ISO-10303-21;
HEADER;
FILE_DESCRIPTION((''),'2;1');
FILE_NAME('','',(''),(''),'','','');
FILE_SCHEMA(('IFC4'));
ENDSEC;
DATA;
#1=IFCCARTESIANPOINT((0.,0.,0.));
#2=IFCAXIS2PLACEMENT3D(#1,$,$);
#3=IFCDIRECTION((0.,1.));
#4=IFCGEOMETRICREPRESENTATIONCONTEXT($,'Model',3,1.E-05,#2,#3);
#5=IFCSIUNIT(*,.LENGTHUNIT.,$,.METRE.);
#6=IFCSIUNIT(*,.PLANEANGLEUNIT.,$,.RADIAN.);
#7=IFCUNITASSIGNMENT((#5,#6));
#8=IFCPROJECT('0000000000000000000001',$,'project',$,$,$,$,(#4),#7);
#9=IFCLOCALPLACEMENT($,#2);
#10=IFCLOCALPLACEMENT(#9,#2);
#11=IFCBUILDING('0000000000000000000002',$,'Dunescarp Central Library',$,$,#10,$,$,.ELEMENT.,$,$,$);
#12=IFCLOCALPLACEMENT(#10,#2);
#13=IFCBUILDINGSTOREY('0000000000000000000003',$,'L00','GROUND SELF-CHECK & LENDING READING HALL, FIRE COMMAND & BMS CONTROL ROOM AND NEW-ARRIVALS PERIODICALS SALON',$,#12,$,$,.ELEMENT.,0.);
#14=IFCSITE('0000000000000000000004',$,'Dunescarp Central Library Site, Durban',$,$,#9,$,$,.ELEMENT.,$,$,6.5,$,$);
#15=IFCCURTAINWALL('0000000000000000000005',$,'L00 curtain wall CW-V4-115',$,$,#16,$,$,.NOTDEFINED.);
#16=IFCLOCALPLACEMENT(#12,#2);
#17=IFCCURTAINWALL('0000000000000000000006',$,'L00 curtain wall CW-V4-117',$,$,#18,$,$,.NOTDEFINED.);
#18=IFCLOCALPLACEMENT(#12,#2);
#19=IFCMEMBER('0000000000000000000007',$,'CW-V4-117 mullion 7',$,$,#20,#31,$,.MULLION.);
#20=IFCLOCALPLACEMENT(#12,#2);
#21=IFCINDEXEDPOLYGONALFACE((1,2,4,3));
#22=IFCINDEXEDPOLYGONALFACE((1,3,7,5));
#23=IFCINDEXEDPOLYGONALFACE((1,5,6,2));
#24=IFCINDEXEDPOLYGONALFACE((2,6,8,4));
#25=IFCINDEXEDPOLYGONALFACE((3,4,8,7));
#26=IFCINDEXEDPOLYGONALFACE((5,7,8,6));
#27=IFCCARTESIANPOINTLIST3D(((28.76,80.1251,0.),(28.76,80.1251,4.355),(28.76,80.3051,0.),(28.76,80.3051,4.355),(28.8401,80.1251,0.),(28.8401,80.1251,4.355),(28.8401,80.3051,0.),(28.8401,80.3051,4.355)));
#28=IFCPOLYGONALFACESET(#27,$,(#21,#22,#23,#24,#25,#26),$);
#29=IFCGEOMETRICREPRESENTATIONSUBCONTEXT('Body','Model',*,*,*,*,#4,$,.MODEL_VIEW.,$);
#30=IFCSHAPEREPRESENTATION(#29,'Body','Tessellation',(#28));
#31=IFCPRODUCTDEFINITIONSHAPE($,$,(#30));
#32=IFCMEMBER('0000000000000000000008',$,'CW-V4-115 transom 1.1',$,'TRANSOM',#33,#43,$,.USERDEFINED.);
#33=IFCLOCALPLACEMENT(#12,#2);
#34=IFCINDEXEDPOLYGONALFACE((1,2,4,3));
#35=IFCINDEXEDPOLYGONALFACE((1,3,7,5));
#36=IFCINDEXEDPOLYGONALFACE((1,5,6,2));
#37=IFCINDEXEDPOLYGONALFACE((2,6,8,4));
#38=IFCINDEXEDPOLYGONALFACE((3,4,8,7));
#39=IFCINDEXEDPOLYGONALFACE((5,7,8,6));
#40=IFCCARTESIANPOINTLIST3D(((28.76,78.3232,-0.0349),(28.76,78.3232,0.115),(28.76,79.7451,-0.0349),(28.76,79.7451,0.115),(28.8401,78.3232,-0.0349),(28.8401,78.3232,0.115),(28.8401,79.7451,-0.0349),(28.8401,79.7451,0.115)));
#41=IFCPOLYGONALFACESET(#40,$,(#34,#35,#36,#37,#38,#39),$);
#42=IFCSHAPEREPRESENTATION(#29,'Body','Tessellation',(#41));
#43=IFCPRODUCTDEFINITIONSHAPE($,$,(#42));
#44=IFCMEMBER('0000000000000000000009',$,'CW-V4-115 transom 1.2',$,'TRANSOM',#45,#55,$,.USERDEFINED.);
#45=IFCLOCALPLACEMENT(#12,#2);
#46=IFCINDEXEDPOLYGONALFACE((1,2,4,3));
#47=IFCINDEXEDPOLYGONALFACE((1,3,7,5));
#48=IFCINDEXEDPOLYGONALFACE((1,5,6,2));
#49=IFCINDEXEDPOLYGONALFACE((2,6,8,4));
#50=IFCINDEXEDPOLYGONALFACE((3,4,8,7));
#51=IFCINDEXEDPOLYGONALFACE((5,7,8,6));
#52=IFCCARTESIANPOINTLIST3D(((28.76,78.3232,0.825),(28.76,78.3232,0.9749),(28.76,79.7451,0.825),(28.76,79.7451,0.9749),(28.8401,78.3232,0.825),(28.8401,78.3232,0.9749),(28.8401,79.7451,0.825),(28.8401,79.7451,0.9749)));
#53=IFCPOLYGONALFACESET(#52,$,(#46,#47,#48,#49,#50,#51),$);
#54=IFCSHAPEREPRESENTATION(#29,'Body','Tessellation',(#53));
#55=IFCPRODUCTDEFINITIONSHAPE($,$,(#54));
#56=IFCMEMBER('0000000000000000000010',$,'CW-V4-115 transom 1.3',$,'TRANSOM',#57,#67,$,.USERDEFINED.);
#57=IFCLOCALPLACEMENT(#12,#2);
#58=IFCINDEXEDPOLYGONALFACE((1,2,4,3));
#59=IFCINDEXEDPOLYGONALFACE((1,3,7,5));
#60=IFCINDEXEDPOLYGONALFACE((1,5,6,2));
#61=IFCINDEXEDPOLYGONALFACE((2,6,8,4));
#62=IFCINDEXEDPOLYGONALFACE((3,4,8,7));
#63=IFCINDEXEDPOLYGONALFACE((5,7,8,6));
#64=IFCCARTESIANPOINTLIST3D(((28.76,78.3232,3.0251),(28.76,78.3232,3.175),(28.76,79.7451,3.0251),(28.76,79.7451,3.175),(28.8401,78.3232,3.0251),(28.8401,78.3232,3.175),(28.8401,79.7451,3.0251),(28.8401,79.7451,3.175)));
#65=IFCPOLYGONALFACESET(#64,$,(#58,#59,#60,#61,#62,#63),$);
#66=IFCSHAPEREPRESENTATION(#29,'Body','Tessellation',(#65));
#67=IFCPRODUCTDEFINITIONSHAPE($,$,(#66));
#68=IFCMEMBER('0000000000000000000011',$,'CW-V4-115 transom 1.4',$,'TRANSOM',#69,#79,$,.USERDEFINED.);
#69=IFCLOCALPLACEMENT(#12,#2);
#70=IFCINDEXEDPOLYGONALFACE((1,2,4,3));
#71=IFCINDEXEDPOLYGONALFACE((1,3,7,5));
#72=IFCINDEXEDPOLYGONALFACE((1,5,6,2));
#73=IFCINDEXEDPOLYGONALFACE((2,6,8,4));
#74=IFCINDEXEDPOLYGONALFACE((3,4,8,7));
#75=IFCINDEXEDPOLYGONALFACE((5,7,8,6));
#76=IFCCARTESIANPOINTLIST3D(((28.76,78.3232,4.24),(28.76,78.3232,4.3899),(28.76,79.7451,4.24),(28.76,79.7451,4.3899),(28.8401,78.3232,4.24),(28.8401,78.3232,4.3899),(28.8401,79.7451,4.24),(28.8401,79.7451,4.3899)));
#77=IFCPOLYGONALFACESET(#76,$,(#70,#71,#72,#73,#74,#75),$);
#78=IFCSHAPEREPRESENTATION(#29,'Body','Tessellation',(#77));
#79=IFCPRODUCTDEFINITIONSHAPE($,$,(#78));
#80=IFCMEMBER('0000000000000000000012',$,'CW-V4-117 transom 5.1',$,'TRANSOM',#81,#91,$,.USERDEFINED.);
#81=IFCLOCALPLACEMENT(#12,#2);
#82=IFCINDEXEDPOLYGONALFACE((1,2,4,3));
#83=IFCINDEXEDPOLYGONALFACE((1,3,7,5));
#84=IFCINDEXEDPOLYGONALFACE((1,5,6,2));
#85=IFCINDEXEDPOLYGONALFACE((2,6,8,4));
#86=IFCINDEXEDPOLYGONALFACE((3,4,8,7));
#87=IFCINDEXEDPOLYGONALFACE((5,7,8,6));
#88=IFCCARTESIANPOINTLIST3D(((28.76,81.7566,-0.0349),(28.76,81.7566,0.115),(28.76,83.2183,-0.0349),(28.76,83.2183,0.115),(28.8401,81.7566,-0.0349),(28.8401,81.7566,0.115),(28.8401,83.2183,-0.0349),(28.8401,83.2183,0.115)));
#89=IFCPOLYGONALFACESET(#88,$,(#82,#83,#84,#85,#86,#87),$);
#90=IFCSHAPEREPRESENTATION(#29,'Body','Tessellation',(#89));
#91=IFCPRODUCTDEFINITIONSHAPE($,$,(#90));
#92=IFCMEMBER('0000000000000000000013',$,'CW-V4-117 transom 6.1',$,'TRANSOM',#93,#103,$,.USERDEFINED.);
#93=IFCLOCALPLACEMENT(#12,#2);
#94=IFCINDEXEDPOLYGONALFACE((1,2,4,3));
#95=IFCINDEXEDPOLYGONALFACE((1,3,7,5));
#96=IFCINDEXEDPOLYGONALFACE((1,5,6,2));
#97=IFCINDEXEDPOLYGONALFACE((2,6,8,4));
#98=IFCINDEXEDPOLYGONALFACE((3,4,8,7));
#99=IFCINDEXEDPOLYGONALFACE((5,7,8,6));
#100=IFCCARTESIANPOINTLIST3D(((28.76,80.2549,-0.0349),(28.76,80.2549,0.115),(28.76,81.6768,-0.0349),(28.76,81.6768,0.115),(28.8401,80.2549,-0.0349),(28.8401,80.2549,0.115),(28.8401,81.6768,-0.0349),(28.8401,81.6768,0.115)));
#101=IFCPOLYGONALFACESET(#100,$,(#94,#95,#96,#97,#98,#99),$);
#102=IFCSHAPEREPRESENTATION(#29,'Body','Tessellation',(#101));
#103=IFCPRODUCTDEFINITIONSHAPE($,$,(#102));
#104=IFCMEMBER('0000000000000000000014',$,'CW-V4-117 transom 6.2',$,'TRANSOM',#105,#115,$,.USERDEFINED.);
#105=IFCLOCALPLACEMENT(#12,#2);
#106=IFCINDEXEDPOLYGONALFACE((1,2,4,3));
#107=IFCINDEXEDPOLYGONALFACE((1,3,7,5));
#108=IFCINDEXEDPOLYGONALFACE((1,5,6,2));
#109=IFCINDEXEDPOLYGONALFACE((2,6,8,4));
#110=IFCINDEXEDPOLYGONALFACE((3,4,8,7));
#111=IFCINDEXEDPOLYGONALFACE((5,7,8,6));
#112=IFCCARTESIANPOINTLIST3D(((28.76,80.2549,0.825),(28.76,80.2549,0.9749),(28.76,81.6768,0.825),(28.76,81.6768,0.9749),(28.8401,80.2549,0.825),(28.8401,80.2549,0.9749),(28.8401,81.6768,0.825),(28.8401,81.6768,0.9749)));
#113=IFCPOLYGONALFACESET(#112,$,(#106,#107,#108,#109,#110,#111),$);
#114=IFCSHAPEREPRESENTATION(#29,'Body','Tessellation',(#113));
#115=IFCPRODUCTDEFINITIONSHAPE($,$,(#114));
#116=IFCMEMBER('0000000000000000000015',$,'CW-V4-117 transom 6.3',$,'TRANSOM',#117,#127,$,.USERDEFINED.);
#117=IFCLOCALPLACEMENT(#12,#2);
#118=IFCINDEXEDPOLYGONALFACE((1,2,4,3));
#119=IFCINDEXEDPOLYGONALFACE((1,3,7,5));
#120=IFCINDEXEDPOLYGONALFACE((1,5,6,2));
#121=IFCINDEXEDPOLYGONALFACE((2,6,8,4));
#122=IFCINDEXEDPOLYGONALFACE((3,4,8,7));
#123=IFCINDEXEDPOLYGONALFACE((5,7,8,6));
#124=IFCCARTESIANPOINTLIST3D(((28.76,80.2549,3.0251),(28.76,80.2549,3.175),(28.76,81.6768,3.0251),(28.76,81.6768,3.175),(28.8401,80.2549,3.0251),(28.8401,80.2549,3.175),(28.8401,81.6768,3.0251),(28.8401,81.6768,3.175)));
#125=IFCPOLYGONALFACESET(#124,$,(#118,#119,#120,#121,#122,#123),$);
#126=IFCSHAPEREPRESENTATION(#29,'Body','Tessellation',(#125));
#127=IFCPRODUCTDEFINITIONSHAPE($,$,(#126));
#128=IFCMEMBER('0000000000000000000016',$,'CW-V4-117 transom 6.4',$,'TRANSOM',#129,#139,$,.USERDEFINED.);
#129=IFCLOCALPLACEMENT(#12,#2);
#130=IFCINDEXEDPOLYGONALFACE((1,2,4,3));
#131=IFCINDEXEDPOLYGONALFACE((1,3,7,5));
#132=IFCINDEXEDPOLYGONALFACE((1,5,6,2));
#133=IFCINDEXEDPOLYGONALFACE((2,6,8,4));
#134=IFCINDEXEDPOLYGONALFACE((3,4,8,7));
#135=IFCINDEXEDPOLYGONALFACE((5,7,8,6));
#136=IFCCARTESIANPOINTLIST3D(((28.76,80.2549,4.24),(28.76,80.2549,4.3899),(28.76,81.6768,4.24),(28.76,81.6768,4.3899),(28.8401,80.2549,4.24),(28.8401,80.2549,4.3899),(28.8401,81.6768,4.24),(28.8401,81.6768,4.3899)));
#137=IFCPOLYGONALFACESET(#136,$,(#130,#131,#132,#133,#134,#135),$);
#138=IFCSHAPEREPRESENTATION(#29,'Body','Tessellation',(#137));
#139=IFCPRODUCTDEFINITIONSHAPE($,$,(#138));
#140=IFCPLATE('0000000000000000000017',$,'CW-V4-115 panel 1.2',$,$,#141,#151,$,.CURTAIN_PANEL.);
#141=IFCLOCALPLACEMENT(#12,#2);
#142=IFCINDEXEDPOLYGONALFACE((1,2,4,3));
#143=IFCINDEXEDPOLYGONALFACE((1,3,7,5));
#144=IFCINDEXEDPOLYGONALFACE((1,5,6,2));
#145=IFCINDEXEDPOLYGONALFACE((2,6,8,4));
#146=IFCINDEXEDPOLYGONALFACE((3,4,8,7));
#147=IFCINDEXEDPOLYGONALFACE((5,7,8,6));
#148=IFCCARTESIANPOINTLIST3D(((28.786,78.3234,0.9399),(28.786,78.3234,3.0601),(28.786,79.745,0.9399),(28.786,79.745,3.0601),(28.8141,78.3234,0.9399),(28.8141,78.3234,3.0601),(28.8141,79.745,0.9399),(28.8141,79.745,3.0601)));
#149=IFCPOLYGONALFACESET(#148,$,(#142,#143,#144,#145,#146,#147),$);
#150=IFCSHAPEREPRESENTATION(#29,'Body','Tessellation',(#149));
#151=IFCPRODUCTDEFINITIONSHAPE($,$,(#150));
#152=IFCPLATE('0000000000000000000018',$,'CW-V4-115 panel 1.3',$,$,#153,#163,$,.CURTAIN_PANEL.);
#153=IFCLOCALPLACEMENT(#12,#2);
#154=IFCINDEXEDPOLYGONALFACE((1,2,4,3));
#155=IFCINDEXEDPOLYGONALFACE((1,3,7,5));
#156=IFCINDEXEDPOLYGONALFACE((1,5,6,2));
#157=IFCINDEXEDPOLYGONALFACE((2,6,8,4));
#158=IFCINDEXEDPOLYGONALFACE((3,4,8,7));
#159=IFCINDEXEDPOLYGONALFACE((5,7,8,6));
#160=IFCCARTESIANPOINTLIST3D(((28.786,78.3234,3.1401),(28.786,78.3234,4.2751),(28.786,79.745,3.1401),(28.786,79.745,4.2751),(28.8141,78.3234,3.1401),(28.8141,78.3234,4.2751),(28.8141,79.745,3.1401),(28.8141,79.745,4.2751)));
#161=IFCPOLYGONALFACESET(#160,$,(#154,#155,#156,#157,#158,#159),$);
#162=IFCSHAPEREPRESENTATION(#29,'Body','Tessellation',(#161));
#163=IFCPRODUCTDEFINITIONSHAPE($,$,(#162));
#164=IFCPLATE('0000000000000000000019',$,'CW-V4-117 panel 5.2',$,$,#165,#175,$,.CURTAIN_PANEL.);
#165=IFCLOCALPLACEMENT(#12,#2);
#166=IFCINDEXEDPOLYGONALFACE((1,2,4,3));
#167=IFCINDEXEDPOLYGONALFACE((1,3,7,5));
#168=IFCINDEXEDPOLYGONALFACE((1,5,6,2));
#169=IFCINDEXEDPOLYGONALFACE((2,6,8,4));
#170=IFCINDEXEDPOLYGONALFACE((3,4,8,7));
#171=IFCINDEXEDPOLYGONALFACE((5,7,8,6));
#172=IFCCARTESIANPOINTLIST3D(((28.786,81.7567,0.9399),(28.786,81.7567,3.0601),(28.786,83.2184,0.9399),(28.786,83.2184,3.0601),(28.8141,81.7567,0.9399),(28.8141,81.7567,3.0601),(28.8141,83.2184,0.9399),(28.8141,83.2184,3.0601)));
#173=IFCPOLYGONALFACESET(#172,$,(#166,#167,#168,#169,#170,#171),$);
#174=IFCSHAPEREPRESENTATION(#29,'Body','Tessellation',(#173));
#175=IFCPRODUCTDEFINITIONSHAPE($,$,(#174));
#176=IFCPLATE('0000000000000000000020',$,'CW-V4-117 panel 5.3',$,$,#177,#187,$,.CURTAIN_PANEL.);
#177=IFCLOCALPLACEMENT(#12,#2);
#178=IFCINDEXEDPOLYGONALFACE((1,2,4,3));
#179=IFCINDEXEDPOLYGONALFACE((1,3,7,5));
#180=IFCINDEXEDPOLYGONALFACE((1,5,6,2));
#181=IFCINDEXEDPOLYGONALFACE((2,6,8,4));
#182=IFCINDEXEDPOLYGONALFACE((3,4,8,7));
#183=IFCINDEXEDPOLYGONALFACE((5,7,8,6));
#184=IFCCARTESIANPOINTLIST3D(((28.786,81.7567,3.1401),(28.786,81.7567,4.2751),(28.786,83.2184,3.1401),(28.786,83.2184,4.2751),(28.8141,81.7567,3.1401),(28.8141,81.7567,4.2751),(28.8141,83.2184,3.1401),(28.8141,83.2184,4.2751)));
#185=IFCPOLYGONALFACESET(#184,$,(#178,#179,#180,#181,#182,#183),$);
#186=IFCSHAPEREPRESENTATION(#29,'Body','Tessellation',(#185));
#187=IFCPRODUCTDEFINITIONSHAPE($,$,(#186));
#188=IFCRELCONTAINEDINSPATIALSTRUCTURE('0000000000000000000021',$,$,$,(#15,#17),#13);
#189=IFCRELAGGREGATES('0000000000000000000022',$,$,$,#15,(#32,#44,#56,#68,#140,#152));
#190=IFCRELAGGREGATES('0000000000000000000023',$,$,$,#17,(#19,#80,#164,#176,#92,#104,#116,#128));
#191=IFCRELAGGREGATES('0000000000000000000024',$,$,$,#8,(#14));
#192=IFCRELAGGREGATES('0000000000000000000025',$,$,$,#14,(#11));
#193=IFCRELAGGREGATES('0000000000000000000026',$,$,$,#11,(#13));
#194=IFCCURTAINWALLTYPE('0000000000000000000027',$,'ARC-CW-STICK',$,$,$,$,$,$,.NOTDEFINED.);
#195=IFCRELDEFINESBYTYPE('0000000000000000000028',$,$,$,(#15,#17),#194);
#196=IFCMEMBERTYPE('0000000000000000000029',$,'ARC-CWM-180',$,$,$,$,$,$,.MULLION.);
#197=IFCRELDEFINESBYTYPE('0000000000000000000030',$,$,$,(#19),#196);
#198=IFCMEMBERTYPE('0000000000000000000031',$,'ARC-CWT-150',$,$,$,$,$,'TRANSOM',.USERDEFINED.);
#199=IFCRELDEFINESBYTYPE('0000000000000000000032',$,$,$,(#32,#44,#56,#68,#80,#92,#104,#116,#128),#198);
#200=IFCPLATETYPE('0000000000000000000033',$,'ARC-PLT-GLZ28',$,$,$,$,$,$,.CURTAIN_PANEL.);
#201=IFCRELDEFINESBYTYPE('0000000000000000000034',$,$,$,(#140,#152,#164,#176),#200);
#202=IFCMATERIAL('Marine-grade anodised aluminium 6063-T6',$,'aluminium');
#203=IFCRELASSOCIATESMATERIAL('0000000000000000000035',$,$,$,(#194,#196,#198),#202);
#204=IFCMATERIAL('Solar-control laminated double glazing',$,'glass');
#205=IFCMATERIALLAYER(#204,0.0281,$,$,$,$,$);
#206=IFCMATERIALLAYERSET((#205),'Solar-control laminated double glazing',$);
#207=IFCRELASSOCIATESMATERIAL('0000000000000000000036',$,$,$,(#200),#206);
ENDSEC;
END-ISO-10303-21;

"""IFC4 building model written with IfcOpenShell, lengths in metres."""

from ifc_helpers import new_model, si_unit, direction, frame, origin, origin_2d, place, context, subcontext, project, spatial, rectangle, extrude, material, layer, layer_set, material_profile, profile_set, type_object, element, aggregate, save


model = new_model("IFC4")

# Units and contexts
model_context = context("Model", 3, precision=1e-05, world=origin(), true_north=direction((0.0, 1.0)))
body_context = subcontext(model_context, "Body", "Model", "MODEL_VIEW")
ifc_project = project(units=[si_unit("LENGTHUNIT", "METRE"), si_unit("PLANEANGLEUNIT", "RADIAN")], contexts=[model_context])

# Site, building, storey
site_placement = place(None, origin())
site = spatial("IfcSite", under=ifc_project, at=site_placement, Name="Dunescarp Central Library Site, Durban", CompositionType="ELEMENT", RefElevation=6.5)
building_placement = place(site_placement, origin())
building = spatial("IfcBuilding", under=site, at=building_placement, Name="Dunescarp Central Library", CompositionType="ELEMENT")
storey_placement = place(building_placement, origin())
storey = spatial("IfcBuildingStorey", under=building, at=storey_placement, Name="L00", Description="GROUND SELF-CHECK & LENDING READING HALL, FIRE COMMAND & BMS CONTROL ROOM AND NEW-ARRIVALS PERIODICALS SALON", CompositionType="ELEMENT", Elevation=0.0)

# Curtain wall
ifc_material_1 = material(Name="Marine-grade anodised aluminium 6063-T6", Category="aluminium")
curtain_wall_type = type_object("IfcCurtainWallType", Name="ARC-CW-STICK", PredefinedType="NOTDEFINED", material=ifc_material_1)
curtain_wall_1_placement = place(storey_placement, origin())
curtain_wall_1 = element("IfcCurtainWall", 1, at=curtain_wall_1_placement, inside=storey, type_object=curtain_wall_type, Name="L00 curtain wall CW-V4-115", PredefinedType="NOTDEFINED")
ifc_material_profile_1 = material_profile(ifc_material_1, rectangle(XDim=0.0801, YDim=0.1799, at=origin_2d()), Name="AL 80x180")
ifc_profile_set_1 = profile_set([ifc_material_profile_1], Name="Marine-grade anodised aluminium 6063-T6")
member_type_1 = type_object("IfcMemberType", Name="ARC-CWM-180", PredefinedType="MULLION", material=ifc_profile_set_1)

# Curtain wall, member
curtain_wall_2_placement = place(storey_placement, origin())
curtain_wall_2 = element("IfcCurtainWall", 2, at=curtain_wall_2_placement, inside=storey, type_object=curtain_wall_type, Name="L00 curtain wall CW-V4-117", PredefinedType="NOTDEFINED")
member_1_placement = place(storey_placement, frame((28.8, 80.2151, 0.0), z_axis=(0.0, 0.0, 1.0), x_axis=(1.0, 0.0, 0.0)))
member_1 = element("IfcMember", 3, at=member_1_placement, type_object=member_type_1, Name="CW-V4-117 mullion 7", PredefinedType="MULLION", context=body_context, shape_type="SweptSolid", body=[
    extrude(rectangle(XDim=0.0801, YDim=0.1799, at=origin_2d()), origin(), (0.0, 0.0, 1.0), 4.355),
])

# Members
ifc_material_profile_2 = material_profile(ifc_material_1, rectangle(XDim=0.0801, YDim=0.1499, at=origin_2d()), Name="AL 80x150")
ifc_profile_set_2 = profile_set([ifc_material_profile_2], Name="Marine-grade anodised aluminium 6063-T6")
member_type_2 = type_object("IfcMemberType", Name="ARC-CWT-150", ElementType="TRANSOM", PredefinedType="USERDEFINED", material=ifc_profile_set_2)
member_2_placement = place(storey_placement, frame((28.8, 79.7451, 0.04), z_axis=(0.0, -1.0, 0.0), x_axis=(1.0, 0.0, 0.0)))
member_2 = element("IfcMember", 4, at=member_2_placement, type_object=member_type_2, Name="CW-V4-115 transom 1.1", ObjectType="TRANSOM", PredefinedType="USERDEFINED", context=body_context, shape_type="SweptSolid", body=[
    extrude(rectangle(XDim=0.0801, YDim=0.1499, at=origin_2d()), origin(), (0.0, 0.0, 1.0), 1.4219),
])
member_3_placement = place(storey_placement, frame((28.8, 79.7451, 0.8999), z_axis=(0.0, -1.0, 0.0), x_axis=(1.0, 0.0, 0.0)))
member_3 = element("IfcMember", 5, at=member_3_placement, type_object=member_type_2, Name="CW-V4-115 transom 1.2", ObjectType="TRANSOM", PredefinedType="USERDEFINED", context=body_context, shape_type="SweptSolid", body=[
    extrude(rectangle(XDim=0.0801, YDim=0.1499, at=origin_2d()), origin(), (0.0, 0.0, 1.0), 1.4219),
])
member_4_placement = place(storey_placement, frame((28.8, 79.7451, 3.1001), z_axis=(0.0, -1.0, 0.0), x_axis=(1.0, 0.0, 0.0)))
member_4 = element("IfcMember", 6, at=member_4_placement, type_object=member_type_2, Name="CW-V4-115 transom 1.3", ObjectType="TRANSOM", PredefinedType="USERDEFINED", context=body_context, shape_type="SweptSolid", body=[
    extrude(rectangle(XDim=0.0801, YDim=0.1499, at=origin_2d()), origin(), (0.0, 0.0, 1.0), 1.4219),
])
member_5_placement = place(storey_placement, frame((28.8, 79.7451, 4.3149), z_axis=(0.0, -1.0, 0.0), x_axis=(1.0, 0.0, 0.0)))
member_5 = element("IfcMember", 7, at=member_5_placement, type_object=member_type_2, Name="CW-V4-115 transom 1.4", ObjectType="TRANSOM", PredefinedType="USERDEFINED", context=body_context, shape_type="SweptSolid", body=[
    extrude(rectangle(XDim=0.0801, YDim=0.1499, at=origin_2d()), origin(), (0.0, 0.0, 1.0), 1.4219),
])
member_6_placement = place(storey_placement, frame((28.8, 83.2183, 0.04), z_axis=(0.0, -1.0, 0.0), x_axis=(1.0, 0.0, 0.0)))
member_6 = element("IfcMember", 8, at=member_6_placement, type_object=member_type_2, Name="CW-V4-117 transom 5.1", ObjectType="TRANSOM", PredefinedType="USERDEFINED", context=body_context, shape_type="SweptSolid", body=[
    extrude(rectangle(XDim=0.0801, YDim=0.1499, at=origin_2d()), origin(), (0.0, 0.0, 1.0), 1.4617),
])
member_7_placement = place(storey_placement, frame((28.8, 81.6768, 0.04), z_axis=(0.0, -1.0, 0.0), x_axis=(1.0, 0.0, 0.0)))
member_7 = element("IfcMember", 9, at=member_7_placement, type_object=member_type_2, Name="CW-V4-117 transom 6.1", ObjectType="TRANSOM", PredefinedType="USERDEFINED", context=body_context, shape_type="SweptSolid", body=[
    extrude(rectangle(XDim=0.0801, YDim=0.1499, at=origin_2d()), origin(), (0.0, 0.0, 1.0), 1.4219),
])
member_8_placement = place(storey_placement, frame((28.8, 81.6768, 0.8999), z_axis=(0.0, -1.0, 0.0), x_axis=(1.0, 0.0, 0.0)))
member_8 = element("IfcMember", 10, at=member_8_placement, type_object=member_type_2, Name="CW-V4-117 transom 6.2", ObjectType="TRANSOM", PredefinedType="USERDEFINED", context=body_context, shape_type="SweptSolid", body=[
    extrude(rectangle(XDim=0.0801, YDim=0.1499, at=origin_2d()), origin(), (0.0, 0.0, 1.0), 1.4219),
])
member_9_placement = place(storey_placement, frame((28.8, 81.6768, 3.1001), z_axis=(0.0, -1.0, 0.0), x_axis=(1.0, 0.0, 0.0)))
member_9 = element("IfcMember", 11, at=member_9_placement, type_object=member_type_2, Name="CW-V4-117 transom 6.3", ObjectType="TRANSOM", PredefinedType="USERDEFINED", context=body_context, shape_type="SweptSolid", body=[
    extrude(rectangle(XDim=0.0801, YDim=0.1499, at=origin_2d()), origin(), (0.0, 0.0, 1.0), 1.4219),
])
member_10_placement = place(storey_placement, frame((28.8, 81.6768, 4.3149), z_axis=(0.0, -1.0, 0.0), x_axis=(1.0, 0.0, 0.0)))
member_10 = element("IfcMember", 12, at=member_10_placement, type_object=member_type_2, Name="CW-V4-117 transom 6.4", ObjectType="TRANSOM", PredefinedType="USERDEFINED", context=body_context, shape_type="SweptSolid", body=[
    extrude(rectangle(XDim=0.0801, YDim=0.1499, at=origin_2d()), origin(), (0.0, 0.0, 1.0), 1.4219),
])

# Plates
ifc_material_2 = material(Name="Solar-control laminated double glazing", Category="glass")
ifc_layer_1 = layer(ifc_material_2, 0.0281)
ifc_layer_set_1 = layer_set([ifc_layer_1], Name="Solar-control laminated double glazing")
plate_type_1 = type_object("IfcPlateType", Name="ARC-PLT-GLZ28", PredefinedType="CURTAIN_PANEL", material=ifc_layer_set_1)
plate_1_placement = place(storey_placement, frame((28.8, 79.0342, 0.9399), z_axis=(0.0, 0.0, 1.0), x_axis=(0.0, -1.0, 0.0)))
plate_1 = element("IfcPlate", 13, at=plate_1_placement, type_object=plate_type_1, Name="CW-V4-115 panel 1.2", PredefinedType="CURTAIN_PANEL", context=body_context, shape_type="SweptSolid", body=[
    extrude(rectangle(XDim=1.4216, YDim=0.0281, at=origin_2d()), origin(), (0.0, 0.0, 1.0), 2.1201),
])
plate_2_placement = place(storey_placement, frame((28.8, 79.0342, 3.1401), z_axis=(0.0, 0.0, 1.0), x_axis=(0.0, -1.0, 0.0)))
plate_2 = element("IfcPlate", 14, at=plate_2_placement, type_object=plate_type_1, Name="CW-V4-115 panel 1.3", PredefinedType="CURTAIN_PANEL", context=body_context, shape_type="SweptSolid", body=[
    extrude(rectangle(XDim=1.4216, YDim=0.0281, at=origin_2d()), origin(), (0.0, 0.0, 1.0), 1.135),
])
plate_3_placement = place(storey_placement, frame((28.8, 82.4875, 0.9399), z_axis=(0.0, 0.0, 1.0), x_axis=(0.0, -1.0, 0.0)))
plate_3 = element("IfcPlate", 15, at=plate_3_placement, type_object=plate_type_1, Name="CW-V4-117 panel 5.2", PredefinedType="CURTAIN_PANEL", context=body_context, shape_type="SweptSolid", body=[
    extrude(rectangle(XDim=1.4617, YDim=0.0281, at=origin_2d()), origin(), (0.0, 0.0, 1.0), 2.1201),
])
plate_4_placement = place(storey_placement, frame((28.8, 82.4875, 3.1401), z_axis=(0.0, 0.0, 1.0), x_axis=(0.0, -1.0, 0.0)))
plate_4 = element("IfcPlate", 16, at=plate_4_placement, type_object=plate_type_1, Name="CW-V4-117 panel 5.3", PredefinedType="CURTAIN_PANEL", context=body_context, shape_type="SweptSolid", body=[
    extrude(rectangle(XDim=1.4617, YDim=0.0281, at=origin_2d()), origin(), (0.0, 0.0, 1.0), 1.135),
])
aggregate(curtain_wall_1, [member_2, member_3, member_4, member_5, plate_1, plate_2])
aggregate(curtain_wall_2, [member_1, member_6, plate_3, plate_4, member_7, member_8, member_9, member_10])

save(model, "model.ifc")
